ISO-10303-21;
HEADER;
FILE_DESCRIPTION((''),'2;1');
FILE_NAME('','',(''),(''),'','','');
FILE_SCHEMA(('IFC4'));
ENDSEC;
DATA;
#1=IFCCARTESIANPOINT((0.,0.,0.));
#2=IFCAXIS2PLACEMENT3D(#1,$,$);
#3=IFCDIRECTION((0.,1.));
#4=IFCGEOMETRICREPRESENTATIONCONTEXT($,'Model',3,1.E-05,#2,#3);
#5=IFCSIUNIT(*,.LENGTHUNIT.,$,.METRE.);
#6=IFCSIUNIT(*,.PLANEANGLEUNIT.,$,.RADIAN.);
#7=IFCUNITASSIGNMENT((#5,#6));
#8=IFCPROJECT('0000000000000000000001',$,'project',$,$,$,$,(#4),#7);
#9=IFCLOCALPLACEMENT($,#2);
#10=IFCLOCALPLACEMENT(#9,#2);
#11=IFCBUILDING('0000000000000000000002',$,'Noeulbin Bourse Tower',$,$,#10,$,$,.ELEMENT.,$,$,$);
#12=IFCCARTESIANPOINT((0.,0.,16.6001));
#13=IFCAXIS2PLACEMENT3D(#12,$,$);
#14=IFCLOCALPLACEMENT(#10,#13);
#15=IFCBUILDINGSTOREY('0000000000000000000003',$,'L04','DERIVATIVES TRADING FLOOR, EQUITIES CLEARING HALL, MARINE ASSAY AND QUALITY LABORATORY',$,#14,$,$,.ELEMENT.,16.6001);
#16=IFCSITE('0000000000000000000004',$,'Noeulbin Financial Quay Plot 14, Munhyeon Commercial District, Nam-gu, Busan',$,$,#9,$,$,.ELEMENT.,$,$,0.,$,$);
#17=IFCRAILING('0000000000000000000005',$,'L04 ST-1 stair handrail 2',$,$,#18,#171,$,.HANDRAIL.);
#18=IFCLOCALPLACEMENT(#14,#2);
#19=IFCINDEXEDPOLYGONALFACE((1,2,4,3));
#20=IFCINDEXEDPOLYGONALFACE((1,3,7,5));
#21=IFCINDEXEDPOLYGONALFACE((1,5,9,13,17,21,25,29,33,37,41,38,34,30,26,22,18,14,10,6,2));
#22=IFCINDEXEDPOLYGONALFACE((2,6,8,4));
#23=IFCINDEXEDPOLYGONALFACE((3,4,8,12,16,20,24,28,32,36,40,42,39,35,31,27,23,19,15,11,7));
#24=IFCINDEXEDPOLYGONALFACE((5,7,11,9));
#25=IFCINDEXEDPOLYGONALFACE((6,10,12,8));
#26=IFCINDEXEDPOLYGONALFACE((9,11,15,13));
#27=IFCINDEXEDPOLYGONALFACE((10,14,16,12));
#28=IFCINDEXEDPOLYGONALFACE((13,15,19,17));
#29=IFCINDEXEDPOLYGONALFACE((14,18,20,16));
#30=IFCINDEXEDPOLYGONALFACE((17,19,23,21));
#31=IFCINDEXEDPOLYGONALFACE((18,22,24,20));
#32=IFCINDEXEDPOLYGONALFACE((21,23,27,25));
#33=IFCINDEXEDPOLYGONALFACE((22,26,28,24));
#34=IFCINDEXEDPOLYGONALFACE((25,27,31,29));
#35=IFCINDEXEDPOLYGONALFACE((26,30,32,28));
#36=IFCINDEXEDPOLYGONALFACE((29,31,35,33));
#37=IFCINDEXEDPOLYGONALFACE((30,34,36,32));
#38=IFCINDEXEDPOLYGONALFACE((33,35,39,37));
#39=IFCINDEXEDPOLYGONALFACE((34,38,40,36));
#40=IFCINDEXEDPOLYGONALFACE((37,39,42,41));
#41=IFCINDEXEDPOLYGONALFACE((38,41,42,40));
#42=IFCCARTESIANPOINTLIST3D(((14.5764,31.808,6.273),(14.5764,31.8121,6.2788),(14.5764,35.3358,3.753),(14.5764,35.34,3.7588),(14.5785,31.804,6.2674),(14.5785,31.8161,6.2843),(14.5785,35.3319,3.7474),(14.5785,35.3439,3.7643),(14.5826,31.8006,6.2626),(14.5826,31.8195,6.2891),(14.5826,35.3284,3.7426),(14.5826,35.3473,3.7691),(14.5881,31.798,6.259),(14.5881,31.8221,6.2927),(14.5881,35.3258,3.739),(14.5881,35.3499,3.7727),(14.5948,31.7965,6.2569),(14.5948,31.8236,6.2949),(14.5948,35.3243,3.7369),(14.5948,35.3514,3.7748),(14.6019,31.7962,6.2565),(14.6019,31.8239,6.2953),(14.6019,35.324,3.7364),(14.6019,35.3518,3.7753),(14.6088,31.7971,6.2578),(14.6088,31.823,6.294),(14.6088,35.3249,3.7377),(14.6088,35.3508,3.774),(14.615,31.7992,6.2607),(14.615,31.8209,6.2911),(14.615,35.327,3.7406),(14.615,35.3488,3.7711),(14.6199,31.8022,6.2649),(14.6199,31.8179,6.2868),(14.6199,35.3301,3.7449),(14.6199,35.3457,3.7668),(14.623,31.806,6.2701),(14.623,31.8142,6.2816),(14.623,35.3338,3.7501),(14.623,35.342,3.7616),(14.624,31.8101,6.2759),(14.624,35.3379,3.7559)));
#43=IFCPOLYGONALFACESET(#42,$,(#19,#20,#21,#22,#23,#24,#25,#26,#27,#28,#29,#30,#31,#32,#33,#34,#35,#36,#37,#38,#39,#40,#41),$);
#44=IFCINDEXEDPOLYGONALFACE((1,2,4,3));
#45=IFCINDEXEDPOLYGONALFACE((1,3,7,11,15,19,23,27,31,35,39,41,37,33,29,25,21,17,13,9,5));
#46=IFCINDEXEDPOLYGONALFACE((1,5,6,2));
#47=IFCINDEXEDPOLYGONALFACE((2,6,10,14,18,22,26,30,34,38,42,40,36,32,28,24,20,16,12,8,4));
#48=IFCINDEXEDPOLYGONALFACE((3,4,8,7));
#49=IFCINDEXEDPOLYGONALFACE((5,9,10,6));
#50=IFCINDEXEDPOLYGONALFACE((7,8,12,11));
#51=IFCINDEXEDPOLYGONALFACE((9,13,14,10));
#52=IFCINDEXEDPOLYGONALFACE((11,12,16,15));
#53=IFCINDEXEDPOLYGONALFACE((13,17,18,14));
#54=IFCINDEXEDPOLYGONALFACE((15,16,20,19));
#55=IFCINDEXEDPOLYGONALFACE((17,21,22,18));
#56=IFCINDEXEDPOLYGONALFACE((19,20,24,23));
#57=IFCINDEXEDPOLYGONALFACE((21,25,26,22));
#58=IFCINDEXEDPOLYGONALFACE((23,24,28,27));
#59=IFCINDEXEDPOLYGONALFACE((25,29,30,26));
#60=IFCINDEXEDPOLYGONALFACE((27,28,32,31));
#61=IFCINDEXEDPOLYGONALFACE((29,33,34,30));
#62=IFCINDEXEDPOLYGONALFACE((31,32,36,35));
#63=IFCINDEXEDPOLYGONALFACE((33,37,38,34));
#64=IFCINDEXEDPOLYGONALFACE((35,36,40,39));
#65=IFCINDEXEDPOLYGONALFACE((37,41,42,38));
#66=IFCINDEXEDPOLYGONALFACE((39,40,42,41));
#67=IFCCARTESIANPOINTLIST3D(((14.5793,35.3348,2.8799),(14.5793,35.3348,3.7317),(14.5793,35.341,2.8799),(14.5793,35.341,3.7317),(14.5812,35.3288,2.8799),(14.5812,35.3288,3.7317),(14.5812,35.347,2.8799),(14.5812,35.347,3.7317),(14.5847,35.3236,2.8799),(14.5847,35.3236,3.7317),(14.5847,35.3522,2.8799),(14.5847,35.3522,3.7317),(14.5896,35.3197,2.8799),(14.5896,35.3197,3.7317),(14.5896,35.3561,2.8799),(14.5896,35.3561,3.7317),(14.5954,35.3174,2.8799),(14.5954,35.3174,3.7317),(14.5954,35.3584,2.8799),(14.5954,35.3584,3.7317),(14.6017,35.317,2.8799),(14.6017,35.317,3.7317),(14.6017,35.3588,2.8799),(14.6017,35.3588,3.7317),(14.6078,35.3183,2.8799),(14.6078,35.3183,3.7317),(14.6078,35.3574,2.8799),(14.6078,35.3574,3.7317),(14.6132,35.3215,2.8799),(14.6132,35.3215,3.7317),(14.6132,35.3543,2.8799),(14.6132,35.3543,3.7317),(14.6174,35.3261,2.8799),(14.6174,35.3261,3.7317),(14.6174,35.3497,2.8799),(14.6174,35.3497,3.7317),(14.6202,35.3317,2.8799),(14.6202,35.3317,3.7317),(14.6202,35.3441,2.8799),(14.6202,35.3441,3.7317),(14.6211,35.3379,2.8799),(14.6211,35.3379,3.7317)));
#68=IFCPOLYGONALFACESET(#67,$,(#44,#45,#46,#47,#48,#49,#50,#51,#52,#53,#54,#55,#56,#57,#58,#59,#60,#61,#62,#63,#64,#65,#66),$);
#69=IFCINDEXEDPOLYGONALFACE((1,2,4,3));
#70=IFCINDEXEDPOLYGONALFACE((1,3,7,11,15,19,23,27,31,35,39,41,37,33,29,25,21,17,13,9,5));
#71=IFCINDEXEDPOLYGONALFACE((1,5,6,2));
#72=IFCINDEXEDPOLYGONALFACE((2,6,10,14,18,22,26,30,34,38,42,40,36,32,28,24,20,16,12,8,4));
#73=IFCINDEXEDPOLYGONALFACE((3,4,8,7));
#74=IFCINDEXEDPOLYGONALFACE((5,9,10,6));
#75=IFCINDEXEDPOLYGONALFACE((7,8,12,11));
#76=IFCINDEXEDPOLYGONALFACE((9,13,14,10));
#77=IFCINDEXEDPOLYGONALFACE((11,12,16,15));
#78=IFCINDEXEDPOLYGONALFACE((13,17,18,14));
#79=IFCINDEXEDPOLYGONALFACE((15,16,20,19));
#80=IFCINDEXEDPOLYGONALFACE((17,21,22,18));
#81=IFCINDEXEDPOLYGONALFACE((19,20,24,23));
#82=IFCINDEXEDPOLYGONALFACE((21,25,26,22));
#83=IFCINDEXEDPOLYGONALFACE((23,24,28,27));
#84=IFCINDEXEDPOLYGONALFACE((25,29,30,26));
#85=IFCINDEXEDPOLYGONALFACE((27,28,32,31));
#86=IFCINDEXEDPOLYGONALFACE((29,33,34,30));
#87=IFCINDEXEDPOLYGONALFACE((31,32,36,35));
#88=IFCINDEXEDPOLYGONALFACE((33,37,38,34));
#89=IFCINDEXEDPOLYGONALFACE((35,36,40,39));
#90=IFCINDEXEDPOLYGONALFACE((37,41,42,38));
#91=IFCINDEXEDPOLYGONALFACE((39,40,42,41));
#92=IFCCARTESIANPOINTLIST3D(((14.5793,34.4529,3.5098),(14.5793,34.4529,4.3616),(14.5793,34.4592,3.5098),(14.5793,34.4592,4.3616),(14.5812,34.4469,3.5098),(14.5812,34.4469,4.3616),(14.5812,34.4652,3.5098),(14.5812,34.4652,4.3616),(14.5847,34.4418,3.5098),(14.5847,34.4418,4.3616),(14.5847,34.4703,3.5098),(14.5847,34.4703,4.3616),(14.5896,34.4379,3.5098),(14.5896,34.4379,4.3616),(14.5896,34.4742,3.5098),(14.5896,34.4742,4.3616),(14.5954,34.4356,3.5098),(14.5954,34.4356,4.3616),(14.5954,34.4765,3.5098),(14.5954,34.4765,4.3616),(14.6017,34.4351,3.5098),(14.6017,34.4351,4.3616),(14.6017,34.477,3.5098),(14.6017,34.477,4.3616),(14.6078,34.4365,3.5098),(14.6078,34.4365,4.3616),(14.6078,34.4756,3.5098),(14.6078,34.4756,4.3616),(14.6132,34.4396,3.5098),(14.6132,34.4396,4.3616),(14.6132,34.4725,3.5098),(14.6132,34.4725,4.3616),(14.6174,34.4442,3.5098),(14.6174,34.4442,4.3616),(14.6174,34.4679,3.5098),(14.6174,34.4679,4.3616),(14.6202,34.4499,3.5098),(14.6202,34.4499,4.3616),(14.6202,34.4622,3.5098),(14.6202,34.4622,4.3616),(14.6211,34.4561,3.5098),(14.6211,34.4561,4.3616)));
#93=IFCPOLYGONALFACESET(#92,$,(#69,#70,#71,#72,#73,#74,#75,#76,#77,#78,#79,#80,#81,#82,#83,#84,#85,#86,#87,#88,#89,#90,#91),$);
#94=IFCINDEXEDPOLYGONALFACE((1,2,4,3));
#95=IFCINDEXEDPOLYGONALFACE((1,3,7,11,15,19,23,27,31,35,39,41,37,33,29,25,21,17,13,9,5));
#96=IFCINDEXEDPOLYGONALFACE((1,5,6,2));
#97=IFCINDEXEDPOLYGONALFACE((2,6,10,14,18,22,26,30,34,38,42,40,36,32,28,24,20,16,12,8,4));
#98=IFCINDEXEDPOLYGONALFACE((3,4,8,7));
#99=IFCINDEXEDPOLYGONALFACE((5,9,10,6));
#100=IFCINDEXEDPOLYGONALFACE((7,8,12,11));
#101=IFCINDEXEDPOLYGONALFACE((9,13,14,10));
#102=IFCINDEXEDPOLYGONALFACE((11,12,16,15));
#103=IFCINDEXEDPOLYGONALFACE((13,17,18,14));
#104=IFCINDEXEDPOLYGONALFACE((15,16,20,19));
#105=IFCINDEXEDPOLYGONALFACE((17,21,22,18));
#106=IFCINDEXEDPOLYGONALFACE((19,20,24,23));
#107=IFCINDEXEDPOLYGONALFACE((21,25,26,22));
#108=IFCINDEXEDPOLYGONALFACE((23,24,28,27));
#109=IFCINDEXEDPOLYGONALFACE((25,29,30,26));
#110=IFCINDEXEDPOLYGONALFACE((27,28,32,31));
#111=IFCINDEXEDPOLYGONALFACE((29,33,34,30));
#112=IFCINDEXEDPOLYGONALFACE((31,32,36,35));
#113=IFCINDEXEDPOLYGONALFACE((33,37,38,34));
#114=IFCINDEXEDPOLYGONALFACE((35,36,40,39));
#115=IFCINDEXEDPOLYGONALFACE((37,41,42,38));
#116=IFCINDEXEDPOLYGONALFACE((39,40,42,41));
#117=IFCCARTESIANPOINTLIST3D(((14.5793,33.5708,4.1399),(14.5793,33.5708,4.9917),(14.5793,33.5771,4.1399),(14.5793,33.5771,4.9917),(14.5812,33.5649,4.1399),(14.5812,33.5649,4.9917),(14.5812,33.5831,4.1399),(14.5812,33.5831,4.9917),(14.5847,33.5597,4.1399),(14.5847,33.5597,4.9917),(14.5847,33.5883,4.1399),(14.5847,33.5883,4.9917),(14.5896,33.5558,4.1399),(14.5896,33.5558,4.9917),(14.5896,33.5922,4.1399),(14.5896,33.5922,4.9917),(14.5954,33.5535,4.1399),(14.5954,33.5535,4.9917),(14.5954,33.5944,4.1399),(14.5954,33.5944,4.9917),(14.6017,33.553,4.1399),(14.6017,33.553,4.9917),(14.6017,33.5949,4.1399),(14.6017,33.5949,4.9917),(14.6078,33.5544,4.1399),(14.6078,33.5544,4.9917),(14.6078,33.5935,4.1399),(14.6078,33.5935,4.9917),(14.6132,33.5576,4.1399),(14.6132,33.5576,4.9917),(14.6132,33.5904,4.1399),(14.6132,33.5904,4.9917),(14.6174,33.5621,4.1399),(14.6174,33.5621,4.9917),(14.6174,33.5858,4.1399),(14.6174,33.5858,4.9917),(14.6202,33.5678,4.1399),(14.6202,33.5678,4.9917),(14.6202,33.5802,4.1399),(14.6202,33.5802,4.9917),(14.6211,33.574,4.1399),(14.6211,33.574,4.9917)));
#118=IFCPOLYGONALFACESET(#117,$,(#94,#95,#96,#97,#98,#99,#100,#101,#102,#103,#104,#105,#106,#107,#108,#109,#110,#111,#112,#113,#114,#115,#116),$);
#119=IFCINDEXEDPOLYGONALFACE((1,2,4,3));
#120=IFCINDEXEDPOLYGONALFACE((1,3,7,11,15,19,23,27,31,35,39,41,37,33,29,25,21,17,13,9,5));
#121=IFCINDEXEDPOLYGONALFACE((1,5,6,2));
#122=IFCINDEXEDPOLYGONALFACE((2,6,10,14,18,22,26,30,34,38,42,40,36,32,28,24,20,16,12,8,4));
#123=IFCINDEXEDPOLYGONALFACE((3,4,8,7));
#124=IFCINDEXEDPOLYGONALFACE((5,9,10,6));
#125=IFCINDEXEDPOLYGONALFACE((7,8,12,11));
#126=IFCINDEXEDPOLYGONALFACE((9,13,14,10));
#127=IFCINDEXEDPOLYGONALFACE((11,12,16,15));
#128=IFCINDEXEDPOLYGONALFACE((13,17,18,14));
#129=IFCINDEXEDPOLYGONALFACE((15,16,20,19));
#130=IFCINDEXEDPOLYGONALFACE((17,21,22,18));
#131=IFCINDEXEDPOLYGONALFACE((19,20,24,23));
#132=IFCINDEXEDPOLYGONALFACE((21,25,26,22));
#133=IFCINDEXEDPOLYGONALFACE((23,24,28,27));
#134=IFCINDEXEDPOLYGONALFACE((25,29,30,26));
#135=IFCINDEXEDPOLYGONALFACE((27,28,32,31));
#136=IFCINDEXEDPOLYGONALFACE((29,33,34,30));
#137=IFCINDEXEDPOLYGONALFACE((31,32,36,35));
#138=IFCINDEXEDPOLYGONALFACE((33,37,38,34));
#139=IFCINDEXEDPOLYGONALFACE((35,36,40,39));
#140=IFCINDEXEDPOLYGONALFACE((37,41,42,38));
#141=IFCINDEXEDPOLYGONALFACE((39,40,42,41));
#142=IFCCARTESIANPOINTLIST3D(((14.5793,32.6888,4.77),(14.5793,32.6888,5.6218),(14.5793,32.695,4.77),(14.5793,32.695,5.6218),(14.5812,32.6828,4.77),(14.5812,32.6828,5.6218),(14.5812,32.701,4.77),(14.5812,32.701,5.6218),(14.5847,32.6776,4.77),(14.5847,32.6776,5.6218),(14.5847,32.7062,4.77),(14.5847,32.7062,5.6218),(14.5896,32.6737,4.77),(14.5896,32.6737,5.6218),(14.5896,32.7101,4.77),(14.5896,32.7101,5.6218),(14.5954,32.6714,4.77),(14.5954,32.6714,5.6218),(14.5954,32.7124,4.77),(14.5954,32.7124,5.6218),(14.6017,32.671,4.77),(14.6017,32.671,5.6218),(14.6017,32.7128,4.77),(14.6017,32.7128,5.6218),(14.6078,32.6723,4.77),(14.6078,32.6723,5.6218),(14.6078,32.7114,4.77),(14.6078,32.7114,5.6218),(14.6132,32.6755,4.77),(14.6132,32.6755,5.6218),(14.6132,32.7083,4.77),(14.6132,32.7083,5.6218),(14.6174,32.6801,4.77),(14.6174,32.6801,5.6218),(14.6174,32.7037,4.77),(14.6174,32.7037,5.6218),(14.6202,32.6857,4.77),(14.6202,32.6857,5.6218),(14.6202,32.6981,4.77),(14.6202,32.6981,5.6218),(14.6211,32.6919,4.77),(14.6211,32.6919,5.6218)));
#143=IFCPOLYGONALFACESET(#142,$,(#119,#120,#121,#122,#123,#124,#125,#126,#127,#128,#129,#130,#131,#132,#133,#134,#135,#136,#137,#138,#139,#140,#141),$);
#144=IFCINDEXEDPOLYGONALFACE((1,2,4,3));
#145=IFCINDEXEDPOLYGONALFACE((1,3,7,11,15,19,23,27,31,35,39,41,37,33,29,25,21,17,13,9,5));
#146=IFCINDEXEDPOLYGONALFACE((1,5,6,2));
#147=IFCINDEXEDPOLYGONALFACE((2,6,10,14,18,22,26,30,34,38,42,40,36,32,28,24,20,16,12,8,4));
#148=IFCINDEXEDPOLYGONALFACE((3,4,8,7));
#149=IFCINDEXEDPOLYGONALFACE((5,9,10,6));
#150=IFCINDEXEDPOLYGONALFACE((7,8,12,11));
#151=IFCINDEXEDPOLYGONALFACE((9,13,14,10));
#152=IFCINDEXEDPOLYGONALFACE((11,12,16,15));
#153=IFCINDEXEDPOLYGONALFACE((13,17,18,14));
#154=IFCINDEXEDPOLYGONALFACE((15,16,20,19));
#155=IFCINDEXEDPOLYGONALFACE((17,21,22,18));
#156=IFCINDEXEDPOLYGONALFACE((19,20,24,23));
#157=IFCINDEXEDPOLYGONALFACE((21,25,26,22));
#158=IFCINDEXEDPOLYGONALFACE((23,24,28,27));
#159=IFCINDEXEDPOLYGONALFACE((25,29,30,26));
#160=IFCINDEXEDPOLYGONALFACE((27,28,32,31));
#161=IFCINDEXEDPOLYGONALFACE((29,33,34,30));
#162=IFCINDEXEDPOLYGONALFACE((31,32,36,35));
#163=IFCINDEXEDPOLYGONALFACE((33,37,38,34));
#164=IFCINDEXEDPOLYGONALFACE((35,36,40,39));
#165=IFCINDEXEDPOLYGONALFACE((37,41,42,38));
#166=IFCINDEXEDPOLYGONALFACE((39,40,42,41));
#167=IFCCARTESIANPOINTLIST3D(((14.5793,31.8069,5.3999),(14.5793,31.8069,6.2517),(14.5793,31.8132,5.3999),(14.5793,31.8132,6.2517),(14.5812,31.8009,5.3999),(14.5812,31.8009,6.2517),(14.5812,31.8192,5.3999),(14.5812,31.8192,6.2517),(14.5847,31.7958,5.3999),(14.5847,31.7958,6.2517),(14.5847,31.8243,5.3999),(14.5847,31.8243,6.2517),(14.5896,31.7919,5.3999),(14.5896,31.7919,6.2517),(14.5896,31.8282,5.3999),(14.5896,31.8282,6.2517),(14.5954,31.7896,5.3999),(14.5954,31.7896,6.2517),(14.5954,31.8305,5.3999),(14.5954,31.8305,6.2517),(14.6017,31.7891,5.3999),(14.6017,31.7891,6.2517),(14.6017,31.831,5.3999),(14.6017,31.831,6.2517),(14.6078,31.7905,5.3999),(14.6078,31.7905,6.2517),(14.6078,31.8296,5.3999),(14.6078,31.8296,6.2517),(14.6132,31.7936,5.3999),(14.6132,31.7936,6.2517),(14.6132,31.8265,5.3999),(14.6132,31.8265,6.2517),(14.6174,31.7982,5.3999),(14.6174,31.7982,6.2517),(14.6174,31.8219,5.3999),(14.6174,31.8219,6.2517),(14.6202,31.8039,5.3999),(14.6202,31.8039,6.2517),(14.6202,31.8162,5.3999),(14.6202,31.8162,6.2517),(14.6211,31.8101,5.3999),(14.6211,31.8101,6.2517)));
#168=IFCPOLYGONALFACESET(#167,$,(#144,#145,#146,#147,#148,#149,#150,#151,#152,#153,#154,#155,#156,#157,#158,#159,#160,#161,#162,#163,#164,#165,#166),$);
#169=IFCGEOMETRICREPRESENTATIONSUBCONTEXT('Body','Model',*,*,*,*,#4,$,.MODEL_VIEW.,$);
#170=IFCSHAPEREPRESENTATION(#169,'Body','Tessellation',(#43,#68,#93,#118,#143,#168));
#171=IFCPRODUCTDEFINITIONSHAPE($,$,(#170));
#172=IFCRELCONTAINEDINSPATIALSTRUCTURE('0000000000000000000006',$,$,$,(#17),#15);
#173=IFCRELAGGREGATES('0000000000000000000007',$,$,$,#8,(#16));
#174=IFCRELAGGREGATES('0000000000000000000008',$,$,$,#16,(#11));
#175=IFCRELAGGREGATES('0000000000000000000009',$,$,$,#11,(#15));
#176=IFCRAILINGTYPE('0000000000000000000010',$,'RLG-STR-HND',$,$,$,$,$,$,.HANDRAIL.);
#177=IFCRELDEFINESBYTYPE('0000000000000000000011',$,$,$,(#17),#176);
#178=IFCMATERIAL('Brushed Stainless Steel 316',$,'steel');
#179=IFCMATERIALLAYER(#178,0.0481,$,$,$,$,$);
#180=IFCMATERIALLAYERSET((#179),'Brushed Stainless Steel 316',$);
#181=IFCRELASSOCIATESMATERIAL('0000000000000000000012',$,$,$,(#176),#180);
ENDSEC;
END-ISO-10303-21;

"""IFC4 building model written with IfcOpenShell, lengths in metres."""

from ifc_helpers import new_model, si_unit, direction, frame, origin, origin_2d, place, context, subcontext, project, spatial, circle, extrude, material, layer, layer_set, type_object, element, save


model = new_model("IFC4")

# Units and contexts
model_context = context("Model", 3, precision=1e-05, world=origin(), true_north=direction((0.0, 1.0)))
body_context = subcontext(model_context, "Body", "Model", "MODEL_VIEW")
ifc_project = project(units=[si_unit("LENGTHUNIT", "METRE"), si_unit("PLANEANGLEUNIT", "RADIAN")], contexts=[model_context])

# Site, building, storey
site_placement = place(None, origin())
site = spatial("IfcSite", under=ifc_project, at=site_placement, Name="Noeulbin Financial Quay Plot 14, Munhyeon Commercial District, Nam-gu, Busan", CompositionType="ELEMENT", RefElevation=0.0)
building_placement = place(site_placement, origin())
building = spatial("IfcBuilding", under=site, at=building_placement, Name="Noeulbin Bourse Tower", CompositionType="ELEMENT")
storey_placement = place(building_placement, frame((0.0, 0.0, 16.6001)))
storey = spatial("IfcBuildingStorey", under=building, at=storey_placement, Name="L04", Description="DERIVATIVES TRADING FLOOR, EQUITIES CLEARING HALL, MARINE ASSAY AND QUALITY LABORATORY", CompositionType="ELEMENT", Elevation=16.6001)

# Railing
ifc_material_1 = material(Name="Brushed Stainless Steel 316", Category="steel")
ifc_layer_1 = layer(ifc_material_1, 0.0481)
ifc_layer_set_1 = layer_set([ifc_layer_1], Name="Brushed Stainless Steel 316")
railing_type_1 = type_object("IfcRailingType", Name="RLG-STR-HND", PredefinedType="HANDRAIL", material=ifc_layer_set_1)
railing_1_placement = place(storey_placement, frame((14.6001, 35.3379, 2.8799)))
element("IfcRailing", 1, at=railing_1_placement, inside=storey, type_object=railing_type_1, Name="L04 ST-1 stair handrail 2", PredefinedType="HANDRAIL", context=body_context, shape_type="SweptSolid", body=[
    extrude(circle(Radius=0.0239, at=origin_2d()), frame((0.0, 0.0, 0.876), z_axis=(0.0, -0.813718, 0.58126), x_axis=(1.0, 0.0, 0.0)), (0.0, 0.0, 1.0), 4.3354),
    extrude(circle(Radius=0.021, at=origin_2d()), origin(), (0.0, 0.0, 1.0), 0.8518),
    extrude(circle(Radius=0.021, at=origin_2d()), frame((0.0, -0.8818, 0.6299)), (0.0, 0.0, 1.0), 0.8518),
    extrude(circle(Radius=0.021, at=origin_2d()), frame((0.0, -1.7639, 1.26)), (0.0, 0.0, 1.0), 0.8518),
    extrude(circle(Radius=0.021, at=origin_2d()), frame((0.0, -2.646, 1.8901)), (0.0, 0.0, 1.0), 0.8518),
    extrude(circle(Radius=0.021, at=origin_2d()), frame((0.0, -3.5278, 2.52)), (0.0, 0.0, 1.0), 0.8518),
])

save(model, "model.ifc")
